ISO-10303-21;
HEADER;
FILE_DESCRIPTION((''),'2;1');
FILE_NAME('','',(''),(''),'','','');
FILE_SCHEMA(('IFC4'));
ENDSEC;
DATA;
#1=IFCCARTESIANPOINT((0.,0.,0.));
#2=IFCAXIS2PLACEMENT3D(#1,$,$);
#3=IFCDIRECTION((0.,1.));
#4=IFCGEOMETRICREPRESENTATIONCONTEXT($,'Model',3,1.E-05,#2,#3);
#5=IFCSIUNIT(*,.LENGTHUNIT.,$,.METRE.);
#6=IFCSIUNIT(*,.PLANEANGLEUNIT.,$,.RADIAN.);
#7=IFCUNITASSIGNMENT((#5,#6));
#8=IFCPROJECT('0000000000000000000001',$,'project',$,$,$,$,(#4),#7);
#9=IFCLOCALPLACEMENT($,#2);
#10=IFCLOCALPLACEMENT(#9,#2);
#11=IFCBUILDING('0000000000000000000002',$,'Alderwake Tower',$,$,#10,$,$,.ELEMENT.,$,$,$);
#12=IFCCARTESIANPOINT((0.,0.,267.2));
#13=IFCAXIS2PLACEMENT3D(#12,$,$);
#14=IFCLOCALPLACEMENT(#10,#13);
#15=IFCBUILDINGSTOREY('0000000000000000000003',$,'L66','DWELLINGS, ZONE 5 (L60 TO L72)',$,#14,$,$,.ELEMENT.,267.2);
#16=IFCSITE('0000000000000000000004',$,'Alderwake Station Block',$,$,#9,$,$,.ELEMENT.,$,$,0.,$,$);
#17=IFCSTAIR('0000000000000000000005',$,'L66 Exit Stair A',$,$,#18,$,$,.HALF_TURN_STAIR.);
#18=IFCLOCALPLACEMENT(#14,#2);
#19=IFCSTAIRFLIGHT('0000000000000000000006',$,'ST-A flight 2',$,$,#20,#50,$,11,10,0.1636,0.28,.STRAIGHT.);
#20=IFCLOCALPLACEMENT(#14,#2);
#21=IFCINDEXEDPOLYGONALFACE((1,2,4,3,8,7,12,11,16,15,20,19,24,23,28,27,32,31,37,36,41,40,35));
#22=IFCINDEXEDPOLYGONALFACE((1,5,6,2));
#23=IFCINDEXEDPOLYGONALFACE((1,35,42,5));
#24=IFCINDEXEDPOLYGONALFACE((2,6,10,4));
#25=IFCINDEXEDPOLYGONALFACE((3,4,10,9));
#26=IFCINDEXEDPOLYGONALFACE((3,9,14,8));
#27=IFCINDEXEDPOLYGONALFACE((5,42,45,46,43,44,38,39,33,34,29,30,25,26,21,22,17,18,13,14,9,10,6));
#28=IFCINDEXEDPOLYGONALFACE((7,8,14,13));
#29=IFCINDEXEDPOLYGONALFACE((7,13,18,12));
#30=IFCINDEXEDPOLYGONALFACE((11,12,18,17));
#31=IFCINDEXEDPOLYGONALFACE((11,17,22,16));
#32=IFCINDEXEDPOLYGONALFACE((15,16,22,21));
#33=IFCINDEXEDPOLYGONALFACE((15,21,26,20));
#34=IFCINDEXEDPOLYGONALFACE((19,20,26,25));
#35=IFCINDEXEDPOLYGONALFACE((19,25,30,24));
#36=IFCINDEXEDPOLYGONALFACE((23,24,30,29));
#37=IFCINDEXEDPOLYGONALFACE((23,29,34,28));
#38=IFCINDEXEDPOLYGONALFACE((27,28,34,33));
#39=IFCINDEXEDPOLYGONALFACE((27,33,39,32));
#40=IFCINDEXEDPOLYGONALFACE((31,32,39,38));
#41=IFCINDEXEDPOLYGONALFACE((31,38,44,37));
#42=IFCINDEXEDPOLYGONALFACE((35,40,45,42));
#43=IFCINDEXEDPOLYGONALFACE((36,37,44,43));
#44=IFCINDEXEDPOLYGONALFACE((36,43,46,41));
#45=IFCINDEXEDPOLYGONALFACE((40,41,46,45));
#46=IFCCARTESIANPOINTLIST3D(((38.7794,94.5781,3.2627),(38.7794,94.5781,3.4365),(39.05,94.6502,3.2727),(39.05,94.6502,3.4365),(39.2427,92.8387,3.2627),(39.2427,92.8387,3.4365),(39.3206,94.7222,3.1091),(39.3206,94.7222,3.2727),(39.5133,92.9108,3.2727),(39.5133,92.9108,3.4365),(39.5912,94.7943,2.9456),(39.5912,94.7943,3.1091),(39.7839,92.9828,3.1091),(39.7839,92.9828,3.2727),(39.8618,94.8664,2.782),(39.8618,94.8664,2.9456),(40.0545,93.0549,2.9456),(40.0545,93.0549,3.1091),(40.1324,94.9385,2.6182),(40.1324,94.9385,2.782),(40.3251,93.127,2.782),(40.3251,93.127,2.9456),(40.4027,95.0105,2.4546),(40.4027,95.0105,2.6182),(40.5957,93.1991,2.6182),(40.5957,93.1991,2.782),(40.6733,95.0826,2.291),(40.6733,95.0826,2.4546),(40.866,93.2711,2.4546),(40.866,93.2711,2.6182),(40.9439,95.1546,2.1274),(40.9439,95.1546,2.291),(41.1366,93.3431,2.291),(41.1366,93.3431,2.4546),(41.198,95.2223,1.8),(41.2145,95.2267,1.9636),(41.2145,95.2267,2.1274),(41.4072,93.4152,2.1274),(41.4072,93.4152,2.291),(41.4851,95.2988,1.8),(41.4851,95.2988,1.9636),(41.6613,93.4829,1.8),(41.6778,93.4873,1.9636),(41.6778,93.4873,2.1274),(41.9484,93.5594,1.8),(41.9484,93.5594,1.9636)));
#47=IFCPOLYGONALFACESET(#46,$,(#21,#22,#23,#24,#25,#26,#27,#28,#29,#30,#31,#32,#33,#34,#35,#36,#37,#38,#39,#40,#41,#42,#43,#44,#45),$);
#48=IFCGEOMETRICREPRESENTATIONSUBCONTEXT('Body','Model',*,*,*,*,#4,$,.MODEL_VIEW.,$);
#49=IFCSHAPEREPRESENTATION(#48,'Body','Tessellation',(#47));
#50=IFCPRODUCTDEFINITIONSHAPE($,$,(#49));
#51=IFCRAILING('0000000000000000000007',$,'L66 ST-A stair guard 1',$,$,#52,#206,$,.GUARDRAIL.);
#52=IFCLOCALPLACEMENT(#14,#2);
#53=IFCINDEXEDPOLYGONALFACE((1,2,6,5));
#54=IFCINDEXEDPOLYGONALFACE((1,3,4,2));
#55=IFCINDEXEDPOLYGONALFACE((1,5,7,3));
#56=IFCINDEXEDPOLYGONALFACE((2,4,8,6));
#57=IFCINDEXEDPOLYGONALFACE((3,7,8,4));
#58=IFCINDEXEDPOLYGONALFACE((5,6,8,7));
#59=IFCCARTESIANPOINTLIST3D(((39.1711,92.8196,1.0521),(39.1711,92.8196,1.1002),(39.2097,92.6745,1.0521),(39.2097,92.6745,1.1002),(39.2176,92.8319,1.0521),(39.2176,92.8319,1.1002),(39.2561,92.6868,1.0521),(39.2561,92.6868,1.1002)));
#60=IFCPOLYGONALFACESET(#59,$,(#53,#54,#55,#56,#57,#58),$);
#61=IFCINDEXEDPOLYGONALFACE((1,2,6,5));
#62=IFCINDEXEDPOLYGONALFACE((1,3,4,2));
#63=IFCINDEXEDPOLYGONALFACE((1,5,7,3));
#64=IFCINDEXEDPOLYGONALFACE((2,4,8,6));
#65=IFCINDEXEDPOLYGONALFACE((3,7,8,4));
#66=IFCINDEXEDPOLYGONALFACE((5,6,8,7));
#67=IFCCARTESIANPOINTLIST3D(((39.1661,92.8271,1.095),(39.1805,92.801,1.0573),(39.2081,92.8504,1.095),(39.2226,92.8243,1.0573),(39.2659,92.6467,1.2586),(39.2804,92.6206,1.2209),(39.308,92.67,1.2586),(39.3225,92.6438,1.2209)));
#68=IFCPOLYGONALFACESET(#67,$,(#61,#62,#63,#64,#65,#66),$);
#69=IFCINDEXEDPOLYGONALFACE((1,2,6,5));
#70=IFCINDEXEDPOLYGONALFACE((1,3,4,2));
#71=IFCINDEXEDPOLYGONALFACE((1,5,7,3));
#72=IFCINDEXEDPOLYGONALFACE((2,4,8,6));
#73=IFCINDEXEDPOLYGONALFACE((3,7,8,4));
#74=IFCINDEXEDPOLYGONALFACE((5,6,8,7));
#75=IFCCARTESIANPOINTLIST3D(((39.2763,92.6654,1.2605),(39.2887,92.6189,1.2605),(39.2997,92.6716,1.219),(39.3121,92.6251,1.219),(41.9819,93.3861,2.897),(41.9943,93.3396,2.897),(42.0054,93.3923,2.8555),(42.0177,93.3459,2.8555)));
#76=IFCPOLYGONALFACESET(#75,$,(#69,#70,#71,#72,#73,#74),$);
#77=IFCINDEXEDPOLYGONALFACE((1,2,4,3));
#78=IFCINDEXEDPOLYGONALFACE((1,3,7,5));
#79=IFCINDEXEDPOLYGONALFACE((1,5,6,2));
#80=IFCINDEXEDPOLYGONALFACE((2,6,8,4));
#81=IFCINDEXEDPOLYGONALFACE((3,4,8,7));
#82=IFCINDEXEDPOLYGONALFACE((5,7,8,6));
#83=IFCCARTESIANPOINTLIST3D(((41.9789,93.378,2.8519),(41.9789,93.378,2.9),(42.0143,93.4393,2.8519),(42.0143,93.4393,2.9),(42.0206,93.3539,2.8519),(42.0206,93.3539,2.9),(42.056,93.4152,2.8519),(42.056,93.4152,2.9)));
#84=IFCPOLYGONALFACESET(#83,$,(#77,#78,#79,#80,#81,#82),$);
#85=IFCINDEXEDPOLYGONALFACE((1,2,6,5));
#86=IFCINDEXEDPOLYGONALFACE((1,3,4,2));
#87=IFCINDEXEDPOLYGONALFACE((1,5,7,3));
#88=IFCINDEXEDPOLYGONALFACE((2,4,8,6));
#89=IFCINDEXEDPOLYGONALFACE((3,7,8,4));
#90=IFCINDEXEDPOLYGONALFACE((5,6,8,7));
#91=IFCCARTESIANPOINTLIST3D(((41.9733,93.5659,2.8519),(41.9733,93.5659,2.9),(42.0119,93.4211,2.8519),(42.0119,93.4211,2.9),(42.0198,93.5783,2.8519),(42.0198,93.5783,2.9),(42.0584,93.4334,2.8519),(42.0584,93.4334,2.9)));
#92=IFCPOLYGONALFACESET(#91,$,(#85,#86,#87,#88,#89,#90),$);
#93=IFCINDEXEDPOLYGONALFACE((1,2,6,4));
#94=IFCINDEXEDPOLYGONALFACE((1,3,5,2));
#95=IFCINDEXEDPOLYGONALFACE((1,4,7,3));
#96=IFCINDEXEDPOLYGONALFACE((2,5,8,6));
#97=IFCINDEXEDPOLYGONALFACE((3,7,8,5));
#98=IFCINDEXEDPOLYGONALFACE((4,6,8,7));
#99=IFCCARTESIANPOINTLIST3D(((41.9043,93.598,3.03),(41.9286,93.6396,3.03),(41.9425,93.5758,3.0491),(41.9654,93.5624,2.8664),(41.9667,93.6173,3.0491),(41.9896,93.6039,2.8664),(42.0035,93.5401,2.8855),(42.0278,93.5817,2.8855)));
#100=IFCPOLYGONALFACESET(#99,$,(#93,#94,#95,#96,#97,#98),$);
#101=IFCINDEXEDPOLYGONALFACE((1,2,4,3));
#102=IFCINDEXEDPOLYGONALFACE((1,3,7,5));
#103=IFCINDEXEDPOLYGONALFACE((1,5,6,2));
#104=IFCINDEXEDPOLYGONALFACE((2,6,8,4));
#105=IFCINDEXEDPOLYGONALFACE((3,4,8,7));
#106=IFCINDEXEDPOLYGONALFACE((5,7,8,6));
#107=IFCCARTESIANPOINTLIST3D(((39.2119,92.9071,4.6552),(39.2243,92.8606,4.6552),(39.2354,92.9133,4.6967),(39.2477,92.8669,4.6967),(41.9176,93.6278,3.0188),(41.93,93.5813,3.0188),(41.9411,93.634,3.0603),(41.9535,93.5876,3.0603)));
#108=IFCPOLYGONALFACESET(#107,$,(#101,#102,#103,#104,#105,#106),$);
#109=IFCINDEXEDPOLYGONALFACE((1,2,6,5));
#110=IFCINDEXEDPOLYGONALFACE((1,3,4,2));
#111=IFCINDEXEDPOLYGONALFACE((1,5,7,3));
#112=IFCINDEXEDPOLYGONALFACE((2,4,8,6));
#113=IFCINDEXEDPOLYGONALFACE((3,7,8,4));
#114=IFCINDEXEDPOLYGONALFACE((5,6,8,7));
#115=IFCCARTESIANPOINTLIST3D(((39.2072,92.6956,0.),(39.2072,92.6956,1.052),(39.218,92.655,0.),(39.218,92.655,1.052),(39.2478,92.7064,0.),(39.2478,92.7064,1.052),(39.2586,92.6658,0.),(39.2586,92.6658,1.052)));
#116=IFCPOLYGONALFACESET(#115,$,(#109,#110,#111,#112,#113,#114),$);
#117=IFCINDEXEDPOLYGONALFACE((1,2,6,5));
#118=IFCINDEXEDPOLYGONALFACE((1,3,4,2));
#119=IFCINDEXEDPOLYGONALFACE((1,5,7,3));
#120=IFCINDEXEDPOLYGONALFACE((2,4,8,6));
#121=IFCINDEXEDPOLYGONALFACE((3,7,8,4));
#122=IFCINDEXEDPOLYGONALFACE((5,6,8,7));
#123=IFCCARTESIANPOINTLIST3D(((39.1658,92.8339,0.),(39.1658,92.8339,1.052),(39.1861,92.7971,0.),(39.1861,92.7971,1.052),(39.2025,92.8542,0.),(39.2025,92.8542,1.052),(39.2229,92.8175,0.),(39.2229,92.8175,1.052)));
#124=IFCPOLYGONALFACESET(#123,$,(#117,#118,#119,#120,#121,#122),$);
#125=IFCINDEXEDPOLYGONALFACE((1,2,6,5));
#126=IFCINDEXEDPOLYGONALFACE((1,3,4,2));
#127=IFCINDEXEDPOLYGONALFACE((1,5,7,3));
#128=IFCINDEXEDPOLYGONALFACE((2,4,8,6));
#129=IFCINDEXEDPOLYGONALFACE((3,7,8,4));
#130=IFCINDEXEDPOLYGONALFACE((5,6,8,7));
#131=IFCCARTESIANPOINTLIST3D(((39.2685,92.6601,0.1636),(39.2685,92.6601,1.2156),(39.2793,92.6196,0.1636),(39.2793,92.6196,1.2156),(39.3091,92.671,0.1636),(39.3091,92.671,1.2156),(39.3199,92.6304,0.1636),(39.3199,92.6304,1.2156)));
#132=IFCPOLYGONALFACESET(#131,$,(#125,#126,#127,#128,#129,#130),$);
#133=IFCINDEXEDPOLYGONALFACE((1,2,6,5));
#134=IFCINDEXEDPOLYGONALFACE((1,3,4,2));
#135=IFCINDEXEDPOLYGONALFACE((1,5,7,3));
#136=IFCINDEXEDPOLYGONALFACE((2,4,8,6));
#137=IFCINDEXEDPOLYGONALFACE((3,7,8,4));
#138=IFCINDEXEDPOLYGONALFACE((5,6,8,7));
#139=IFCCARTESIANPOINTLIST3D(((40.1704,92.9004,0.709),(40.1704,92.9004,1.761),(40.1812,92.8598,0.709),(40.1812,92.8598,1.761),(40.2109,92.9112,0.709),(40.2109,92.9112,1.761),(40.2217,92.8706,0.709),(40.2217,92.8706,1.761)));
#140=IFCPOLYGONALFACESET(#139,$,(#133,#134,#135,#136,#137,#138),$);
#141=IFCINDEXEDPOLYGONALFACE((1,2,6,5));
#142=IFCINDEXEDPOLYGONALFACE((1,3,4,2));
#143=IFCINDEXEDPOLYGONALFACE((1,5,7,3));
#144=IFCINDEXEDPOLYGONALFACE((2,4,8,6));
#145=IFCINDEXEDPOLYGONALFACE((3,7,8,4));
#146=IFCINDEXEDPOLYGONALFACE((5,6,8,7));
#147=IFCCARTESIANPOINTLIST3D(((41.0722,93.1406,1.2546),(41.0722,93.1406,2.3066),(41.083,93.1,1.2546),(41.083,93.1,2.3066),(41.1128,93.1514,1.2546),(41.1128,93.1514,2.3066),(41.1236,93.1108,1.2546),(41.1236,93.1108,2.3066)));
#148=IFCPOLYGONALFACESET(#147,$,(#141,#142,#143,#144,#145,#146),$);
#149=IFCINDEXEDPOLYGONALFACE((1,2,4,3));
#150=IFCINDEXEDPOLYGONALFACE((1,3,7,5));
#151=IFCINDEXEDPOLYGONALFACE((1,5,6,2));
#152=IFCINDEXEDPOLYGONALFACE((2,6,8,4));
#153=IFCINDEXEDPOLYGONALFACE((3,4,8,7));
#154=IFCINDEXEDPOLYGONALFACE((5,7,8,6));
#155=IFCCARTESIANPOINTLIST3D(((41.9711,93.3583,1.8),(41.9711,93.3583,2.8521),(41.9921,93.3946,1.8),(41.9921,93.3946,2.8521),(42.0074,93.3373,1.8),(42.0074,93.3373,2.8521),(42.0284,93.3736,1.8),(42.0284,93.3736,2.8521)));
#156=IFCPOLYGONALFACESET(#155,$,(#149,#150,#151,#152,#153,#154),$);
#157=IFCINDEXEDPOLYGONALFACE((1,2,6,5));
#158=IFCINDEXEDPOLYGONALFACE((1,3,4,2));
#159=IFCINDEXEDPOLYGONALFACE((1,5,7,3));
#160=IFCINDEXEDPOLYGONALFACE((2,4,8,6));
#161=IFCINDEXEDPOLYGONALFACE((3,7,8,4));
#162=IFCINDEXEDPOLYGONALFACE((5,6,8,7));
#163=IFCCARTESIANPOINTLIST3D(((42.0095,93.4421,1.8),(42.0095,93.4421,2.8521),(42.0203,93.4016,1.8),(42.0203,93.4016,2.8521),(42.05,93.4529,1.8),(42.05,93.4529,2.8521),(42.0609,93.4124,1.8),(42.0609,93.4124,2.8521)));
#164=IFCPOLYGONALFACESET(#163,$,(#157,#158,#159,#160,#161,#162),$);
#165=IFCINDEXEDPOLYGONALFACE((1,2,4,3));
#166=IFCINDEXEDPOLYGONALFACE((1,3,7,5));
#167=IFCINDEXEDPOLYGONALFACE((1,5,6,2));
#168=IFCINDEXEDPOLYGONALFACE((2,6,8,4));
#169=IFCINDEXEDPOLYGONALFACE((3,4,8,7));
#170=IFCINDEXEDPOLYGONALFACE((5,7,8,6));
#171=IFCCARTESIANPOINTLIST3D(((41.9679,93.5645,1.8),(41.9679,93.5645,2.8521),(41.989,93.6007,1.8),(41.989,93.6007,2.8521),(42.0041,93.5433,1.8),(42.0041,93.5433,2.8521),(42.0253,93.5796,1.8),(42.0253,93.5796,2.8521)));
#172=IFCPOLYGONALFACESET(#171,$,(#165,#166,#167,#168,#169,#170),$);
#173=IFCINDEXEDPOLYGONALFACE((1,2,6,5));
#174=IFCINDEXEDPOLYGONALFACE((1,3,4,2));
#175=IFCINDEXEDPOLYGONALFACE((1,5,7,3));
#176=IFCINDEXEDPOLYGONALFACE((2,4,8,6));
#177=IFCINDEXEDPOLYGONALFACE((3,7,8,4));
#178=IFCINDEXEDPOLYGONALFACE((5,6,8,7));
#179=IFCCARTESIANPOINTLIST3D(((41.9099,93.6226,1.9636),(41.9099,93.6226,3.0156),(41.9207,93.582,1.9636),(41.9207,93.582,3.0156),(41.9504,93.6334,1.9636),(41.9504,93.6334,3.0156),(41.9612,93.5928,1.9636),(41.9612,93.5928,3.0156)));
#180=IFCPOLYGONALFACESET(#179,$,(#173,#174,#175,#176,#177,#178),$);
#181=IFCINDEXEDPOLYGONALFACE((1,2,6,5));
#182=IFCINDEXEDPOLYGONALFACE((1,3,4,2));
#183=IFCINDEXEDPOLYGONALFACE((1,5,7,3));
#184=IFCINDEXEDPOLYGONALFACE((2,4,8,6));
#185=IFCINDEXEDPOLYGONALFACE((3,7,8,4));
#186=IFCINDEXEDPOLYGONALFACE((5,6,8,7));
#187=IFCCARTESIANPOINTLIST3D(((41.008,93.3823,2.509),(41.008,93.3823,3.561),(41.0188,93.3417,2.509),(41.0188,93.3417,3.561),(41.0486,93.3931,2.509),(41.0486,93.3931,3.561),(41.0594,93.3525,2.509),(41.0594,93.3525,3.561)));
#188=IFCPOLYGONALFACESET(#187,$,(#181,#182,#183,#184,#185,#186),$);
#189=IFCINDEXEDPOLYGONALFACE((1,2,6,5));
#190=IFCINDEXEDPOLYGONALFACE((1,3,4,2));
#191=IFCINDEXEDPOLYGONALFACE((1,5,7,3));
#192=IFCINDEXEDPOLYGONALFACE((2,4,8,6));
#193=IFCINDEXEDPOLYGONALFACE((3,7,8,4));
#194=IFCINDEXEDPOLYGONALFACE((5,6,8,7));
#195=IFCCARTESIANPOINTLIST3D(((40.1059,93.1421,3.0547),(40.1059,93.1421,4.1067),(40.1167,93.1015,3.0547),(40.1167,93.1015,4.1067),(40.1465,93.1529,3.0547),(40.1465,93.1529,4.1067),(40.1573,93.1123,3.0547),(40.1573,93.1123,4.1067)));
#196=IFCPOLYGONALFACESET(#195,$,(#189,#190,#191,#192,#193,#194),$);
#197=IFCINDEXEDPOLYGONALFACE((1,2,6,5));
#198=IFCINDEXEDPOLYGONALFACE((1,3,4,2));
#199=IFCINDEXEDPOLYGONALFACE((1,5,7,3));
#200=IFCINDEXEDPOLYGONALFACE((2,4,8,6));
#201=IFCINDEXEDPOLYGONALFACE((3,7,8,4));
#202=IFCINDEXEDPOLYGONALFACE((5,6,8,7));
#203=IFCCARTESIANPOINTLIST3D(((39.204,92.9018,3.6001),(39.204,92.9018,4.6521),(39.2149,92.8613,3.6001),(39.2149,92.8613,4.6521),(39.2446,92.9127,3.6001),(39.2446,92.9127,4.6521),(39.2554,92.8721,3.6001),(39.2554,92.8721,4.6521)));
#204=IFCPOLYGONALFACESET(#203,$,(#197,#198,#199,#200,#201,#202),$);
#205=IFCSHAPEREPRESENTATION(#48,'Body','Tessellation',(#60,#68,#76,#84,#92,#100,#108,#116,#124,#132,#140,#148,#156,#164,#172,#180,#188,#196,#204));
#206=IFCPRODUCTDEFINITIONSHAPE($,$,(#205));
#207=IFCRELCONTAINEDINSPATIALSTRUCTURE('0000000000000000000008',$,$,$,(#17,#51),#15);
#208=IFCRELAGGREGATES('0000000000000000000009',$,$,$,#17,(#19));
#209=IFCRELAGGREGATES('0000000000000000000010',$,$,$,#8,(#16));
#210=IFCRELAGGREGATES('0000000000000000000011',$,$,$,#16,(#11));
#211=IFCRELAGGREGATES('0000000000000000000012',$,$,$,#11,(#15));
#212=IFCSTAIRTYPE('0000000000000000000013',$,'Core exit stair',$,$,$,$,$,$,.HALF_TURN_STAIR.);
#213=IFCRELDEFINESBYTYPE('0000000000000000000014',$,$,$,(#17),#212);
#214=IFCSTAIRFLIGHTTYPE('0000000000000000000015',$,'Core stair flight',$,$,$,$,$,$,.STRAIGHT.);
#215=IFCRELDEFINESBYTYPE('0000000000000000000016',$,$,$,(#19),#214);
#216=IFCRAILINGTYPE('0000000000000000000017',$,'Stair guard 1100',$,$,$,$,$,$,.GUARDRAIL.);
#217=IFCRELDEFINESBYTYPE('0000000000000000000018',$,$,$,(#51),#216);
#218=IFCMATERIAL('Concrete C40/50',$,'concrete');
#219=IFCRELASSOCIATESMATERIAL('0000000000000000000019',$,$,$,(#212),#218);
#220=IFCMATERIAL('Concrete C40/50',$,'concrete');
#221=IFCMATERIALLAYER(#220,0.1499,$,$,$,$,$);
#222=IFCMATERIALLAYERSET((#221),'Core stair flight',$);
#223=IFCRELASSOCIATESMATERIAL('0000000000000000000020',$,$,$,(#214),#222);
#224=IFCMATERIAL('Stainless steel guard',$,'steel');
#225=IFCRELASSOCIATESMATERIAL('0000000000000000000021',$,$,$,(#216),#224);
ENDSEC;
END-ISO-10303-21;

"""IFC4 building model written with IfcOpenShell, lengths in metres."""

from ifc_helpers import new_model, si_unit, direction, frame, origin, origin_2d, place, context, subcontext, project, spatial, polyline, rectangle, outline, extrude, material, layer, layer_set, type_object, element, aggregate, save


model = new_model("IFC4")

# Units and contexts
model_context = context("Model", 3, precision=1e-05, world=origin(), true_north=direction((0.0, 1.0)))
body_context = subcontext(model_context, "Body", "Model", "MODEL_VIEW")
ifc_project = project(units=[si_unit("LENGTHUNIT", "METRE"), si_unit("PLANEANGLEUNIT", "RADIAN")], contexts=[model_context])

# Site, building, storey
site_placement = place(None, origin())
site = spatial("IfcSite", under=ifc_project, at=site_placement, Name="Alderwake Station Block", CompositionType="ELEMENT", RefElevation=0.0)
building_placement = place(site_placement, origin())
building = spatial("IfcBuilding", under=site, at=building_placement, Name="Alderwake Tower", CompositionType="ELEMENT")
storey_placement = place(building_placement, frame((0.0, 0.0, 267.2)))
storey = spatial("IfcBuildingStorey", under=building, at=storey_placement, Name="L66", Description="DWELLINGS, ZONE 5 (L60 TO L72)", CompositionType="ELEMENT", Elevation=267.2)

# Stair, stair flight
ifc_material_1 = material(Name="Concrete C40/50", Category="concrete")
stair_type = type_object("IfcStairType", Name="Core exit stair", PredefinedType="HALF_TURN_STAIR", material=ifc_material_1)
stair_placement = place(storey_placement, origin())
stair = element("IfcStair", 1, at=stair_placement, inside=storey, type_object=stair_type, Name="L66 Exit Stair A", PredefinedType="HALF_TURN_STAIR")
ifc_material_2 = material(Name="Concrete C40/50", Category="concrete")
ifc_layer_1 = layer(ifc_material_2, 0.1499)
ifc_layer_set_1 = layer_set([ifc_layer_1], Name="Core stair flight")
stair_flight_type = type_object("IfcStairFlightType", Name="Core stair flight", PredefinedType="STRAIGHT", material=ifc_layer_set_1)
stair_flight_1_placement = place(storey_placement, frame((41.7168, 94.429, 1.8), z_axis=(0.0, 0.0, 1.0), x_axis=(-0.96631, -0.257382, 0.0)))
stair_flight_1 = element("IfcStairFlight", 2, at=stair_flight_1_placement, type_object=stair_flight_type, Name="ST-A flight 2", NumberOfRisers=11, NumberOfTreads=10, PredefinedType="STRAIGHT", RiserHeight=0.1636, TreadLength=0.28, context=body_context, shape_type="SweptSolid", body=[
    extrude(outline(polyline([(0.0, 0.0), (0.0, 0.1636), (0.28, 0.1636), (0.28, 0.3274), (0.5601, 0.3274), (0.5601, 0.491), (0.8401, 0.491), (0.8401, 0.6545), (1.1201, 0.6545), (1.1201, 0.8181), (1.3999, 0.8181), (1.3999, 0.9819), (1.6799, 0.9819), (1.6799, 1.1455), (1.96, 1.1455), (1.96, 1.3091), (2.24, 1.3091), (2.24, 1.4727), (2.52, 1.4727), (2.52, 1.6365), (2.8, 1.6365), (2.8, 1.8), (2.8, 1.4626), (0.2971, 0.0), (0.0, 0.0)])), frame((0.0, 0.8999, 0.0), z_axis=(0.0, -1.0, 0.0), x_axis=(1.0, 0.0, 0.0)), (0.0, 0.0, 1.0), 1.8),
])
aggregate(stair, [stair_flight_1])

# Railing
ifc_material_3 = material(Name="Stainless steel guard", Category="steel")
railing_type_1 = type_object("IfcRailingType", Name="Stair guard 1100", PredefinedType="GUARDRAIL", material=ifc_material_3)
railing_1_placement = place(storey_placement, frame((39.2329, 92.6807, 0.0)))
element("IfcRailing", 3, at=railing_1_placement, inside=storey, type_object=railing_type_1, Name="L66 ST-A stair guard 1", PredefinedType="GUARDRAIL", context=body_context, shape_type="SweptSolid", body=[
    extrude(rectangle(XDim=0.0481, YDim=0.0481, at=origin_2d()), frame((0.0, 0.0, 1.0762), z_axis=(-0.257055, 0.966397, 0.0), x_axis=(-0.966397, -0.257055, 0.0)), (0.0, 0.0, 1.0), 0.1501),
    extrude(rectangle(XDim=0.0481, YDim=0.0481, at=origin_2d()), frame((-0.0386, 0.145, 1.0762), z_axis=(0.379371, -0.685464, 0.621463), x_axis=(0.874938, 0.484235, 0.0)), (0.0, 0.0, 1.0), 0.2632),
    extrude(rectangle(XDim=0.0481, YDim=0.0481, at=origin_2d()), frame((0.0613, -0.0354, 1.2397), z_axis=(0.834259, 0.222228, 0.504605), x_axis=(-0.257402, 0.966304, 0.0)), (0.0, 0.0, 1.0), 3.2432),
    extrude(rectangle(XDim=0.0481, YDim=0.0481, at=origin_2d()), frame((2.7668, 0.6853, 2.876), z_axis=(0.50022, 0.865898, 0.0), x_axis=(-0.865898, 0.50022, 0.0)), (0.0, 0.0, 1.0), 0.0708),
    extrude(rectangle(XDim=0.0481, YDim=0.0481, at=origin_2d()), frame((2.8022, 0.7466, 2.876), z_axis=(-0.25746, 0.966289, 0.0), x_axis=(-0.966289, -0.25746, 0.0)), (0.0, 0.0, 1.0), 0.1499),
    extrude(rectangle(XDim=0.0481, YDim=0.0481, at=origin_2d()), frame((2.7637, 0.8914, 2.876), z_axis=(-0.342525, 0.200035, 0.917967), x_axis=(-0.5043, -0.863528, 0.0)), (0.0, 0.0, 1.0), 0.1782),
    extrude(rectangle(XDim=0.0481, YDim=0.0481, at=origin_2d()), frame((2.7026, 0.927, 3.0396), z_axis=(-0.834282, -0.222214, 0.504574), x_axis=(0.25738, -0.96631, 0.0)), (0.0, 0.0, 1.0), 3.2432),
    extrude(rectangle(XDim=0.042, YDim=0.042, at=origin_2d()), frame((0.0, 0.0, 0.0), z_axis=(0.0, 0.0, 1.0), x_axis=(-0.257055, 0.966397, 0.0)), (0.0, 0.0, 1.0), 1.052),
    extrude(rectangle(XDim=0.042, YDim=0.042, at=origin_2d()), frame((-0.0386, 0.145, 0.0), z_axis=(0.0, 0.0, 1.0), x_axis=(0.484235, -0.874938, 0.0)), (0.0, 0.0, 1.0), 1.052),
    extrude(rectangle(XDim=0.042, YDim=0.042, at=origin_2d()), frame((0.0613, -0.0354, 0.1636), z_axis=(0.0, 0.0, 1.0), x_axis=(0.966304, 0.257402, 0.0)), (0.0, 0.0, 1.0), 1.052),
    extrude(rectangle(XDim=0.042, YDim=0.042, at=origin_2d()), frame((0.9631, 0.2048, 0.709), z_axis=(0.0, 0.0, 1.0), x_axis=(0.966304, 0.257402, 0.0)), (0.0, 0.0, 1.0), 1.052),
    extrude(rectangle(XDim=0.042, YDim=0.042, at=origin_2d()), frame((1.865, 0.4451, 1.2546), z_axis=(0.0, 0.0, 1.0), x_axis=(0.966304, 0.257402, 0.0)), (0.0, 0.0, 1.0), 1.052),
    extrude(rectangle(XDim=0.042, YDim=0.042, at=origin_2d()), frame((2.7668, 0.6853, 1.8), z_axis=(0.0, 0.0, 1.0), x_axis=(0.50022, 0.865898, 0.0)), (0.0, 0.0, 1.0), 1.052),
    extrude(rectangle(XDim=0.042, YDim=0.042, at=origin_2d()), frame((2.8022, 0.7466, 1.8), z_axis=(0.0, 0.0, 1.0), x_axis=(-0.25746, 0.966289, 0.0)), (0.0, 0.0, 1.0), 1.052),
    extrude(rectangle(XDim=0.042, YDim=0.042, at=origin_2d()), frame((2.7637, 0.8914, 1.8), z_axis=(0.0, 0.0, 1.0), x_axis=(-0.863528, 0.5043, 0.0)), (0.0, 0.0, 1.0), 1.052),
    extrude(rectangle(XDim=0.042, YDim=0.042, at=origin_2d()), frame((2.7026, 0.927, 1.9636), z_axis=(0.0, 0.0, 1.0), x_axis=(-0.96631, -0.25738, 0.0)), (0.0, 0.0, 1.0), 1.052),
    extrude(rectangle(XDim=0.042, YDim=0.042, at=origin_2d()), frame((1.8008, 0.6868, 2.509), z_axis=(0.0, 0.0, 1.0), x_axis=(-0.96631, -0.25738, 0.0)), (0.0, 0.0, 1.0), 1.052),
    extrude(rectangle(XDim=0.042, YDim=0.042, at=origin_2d()), frame((0.8987, 0.4465, 3.0547), z_axis=(0.0, 0.0, 1.0), x_axis=(-0.96631, -0.25738, 0.0)), (0.0, 0.0, 1.0), 1.052),
    extrude(rectangle(XDim=0.042, YDim=0.042, at=origin_2d()), frame((-0.0032, 0.2063, 3.6001), z_axis=(0.0, 0.0, 1.0), x_axis=(-0.96631, -0.25738, 0.0)), (0.0, 0.0, 1.0), 1.052),
])

save(model, "model.ifc")
